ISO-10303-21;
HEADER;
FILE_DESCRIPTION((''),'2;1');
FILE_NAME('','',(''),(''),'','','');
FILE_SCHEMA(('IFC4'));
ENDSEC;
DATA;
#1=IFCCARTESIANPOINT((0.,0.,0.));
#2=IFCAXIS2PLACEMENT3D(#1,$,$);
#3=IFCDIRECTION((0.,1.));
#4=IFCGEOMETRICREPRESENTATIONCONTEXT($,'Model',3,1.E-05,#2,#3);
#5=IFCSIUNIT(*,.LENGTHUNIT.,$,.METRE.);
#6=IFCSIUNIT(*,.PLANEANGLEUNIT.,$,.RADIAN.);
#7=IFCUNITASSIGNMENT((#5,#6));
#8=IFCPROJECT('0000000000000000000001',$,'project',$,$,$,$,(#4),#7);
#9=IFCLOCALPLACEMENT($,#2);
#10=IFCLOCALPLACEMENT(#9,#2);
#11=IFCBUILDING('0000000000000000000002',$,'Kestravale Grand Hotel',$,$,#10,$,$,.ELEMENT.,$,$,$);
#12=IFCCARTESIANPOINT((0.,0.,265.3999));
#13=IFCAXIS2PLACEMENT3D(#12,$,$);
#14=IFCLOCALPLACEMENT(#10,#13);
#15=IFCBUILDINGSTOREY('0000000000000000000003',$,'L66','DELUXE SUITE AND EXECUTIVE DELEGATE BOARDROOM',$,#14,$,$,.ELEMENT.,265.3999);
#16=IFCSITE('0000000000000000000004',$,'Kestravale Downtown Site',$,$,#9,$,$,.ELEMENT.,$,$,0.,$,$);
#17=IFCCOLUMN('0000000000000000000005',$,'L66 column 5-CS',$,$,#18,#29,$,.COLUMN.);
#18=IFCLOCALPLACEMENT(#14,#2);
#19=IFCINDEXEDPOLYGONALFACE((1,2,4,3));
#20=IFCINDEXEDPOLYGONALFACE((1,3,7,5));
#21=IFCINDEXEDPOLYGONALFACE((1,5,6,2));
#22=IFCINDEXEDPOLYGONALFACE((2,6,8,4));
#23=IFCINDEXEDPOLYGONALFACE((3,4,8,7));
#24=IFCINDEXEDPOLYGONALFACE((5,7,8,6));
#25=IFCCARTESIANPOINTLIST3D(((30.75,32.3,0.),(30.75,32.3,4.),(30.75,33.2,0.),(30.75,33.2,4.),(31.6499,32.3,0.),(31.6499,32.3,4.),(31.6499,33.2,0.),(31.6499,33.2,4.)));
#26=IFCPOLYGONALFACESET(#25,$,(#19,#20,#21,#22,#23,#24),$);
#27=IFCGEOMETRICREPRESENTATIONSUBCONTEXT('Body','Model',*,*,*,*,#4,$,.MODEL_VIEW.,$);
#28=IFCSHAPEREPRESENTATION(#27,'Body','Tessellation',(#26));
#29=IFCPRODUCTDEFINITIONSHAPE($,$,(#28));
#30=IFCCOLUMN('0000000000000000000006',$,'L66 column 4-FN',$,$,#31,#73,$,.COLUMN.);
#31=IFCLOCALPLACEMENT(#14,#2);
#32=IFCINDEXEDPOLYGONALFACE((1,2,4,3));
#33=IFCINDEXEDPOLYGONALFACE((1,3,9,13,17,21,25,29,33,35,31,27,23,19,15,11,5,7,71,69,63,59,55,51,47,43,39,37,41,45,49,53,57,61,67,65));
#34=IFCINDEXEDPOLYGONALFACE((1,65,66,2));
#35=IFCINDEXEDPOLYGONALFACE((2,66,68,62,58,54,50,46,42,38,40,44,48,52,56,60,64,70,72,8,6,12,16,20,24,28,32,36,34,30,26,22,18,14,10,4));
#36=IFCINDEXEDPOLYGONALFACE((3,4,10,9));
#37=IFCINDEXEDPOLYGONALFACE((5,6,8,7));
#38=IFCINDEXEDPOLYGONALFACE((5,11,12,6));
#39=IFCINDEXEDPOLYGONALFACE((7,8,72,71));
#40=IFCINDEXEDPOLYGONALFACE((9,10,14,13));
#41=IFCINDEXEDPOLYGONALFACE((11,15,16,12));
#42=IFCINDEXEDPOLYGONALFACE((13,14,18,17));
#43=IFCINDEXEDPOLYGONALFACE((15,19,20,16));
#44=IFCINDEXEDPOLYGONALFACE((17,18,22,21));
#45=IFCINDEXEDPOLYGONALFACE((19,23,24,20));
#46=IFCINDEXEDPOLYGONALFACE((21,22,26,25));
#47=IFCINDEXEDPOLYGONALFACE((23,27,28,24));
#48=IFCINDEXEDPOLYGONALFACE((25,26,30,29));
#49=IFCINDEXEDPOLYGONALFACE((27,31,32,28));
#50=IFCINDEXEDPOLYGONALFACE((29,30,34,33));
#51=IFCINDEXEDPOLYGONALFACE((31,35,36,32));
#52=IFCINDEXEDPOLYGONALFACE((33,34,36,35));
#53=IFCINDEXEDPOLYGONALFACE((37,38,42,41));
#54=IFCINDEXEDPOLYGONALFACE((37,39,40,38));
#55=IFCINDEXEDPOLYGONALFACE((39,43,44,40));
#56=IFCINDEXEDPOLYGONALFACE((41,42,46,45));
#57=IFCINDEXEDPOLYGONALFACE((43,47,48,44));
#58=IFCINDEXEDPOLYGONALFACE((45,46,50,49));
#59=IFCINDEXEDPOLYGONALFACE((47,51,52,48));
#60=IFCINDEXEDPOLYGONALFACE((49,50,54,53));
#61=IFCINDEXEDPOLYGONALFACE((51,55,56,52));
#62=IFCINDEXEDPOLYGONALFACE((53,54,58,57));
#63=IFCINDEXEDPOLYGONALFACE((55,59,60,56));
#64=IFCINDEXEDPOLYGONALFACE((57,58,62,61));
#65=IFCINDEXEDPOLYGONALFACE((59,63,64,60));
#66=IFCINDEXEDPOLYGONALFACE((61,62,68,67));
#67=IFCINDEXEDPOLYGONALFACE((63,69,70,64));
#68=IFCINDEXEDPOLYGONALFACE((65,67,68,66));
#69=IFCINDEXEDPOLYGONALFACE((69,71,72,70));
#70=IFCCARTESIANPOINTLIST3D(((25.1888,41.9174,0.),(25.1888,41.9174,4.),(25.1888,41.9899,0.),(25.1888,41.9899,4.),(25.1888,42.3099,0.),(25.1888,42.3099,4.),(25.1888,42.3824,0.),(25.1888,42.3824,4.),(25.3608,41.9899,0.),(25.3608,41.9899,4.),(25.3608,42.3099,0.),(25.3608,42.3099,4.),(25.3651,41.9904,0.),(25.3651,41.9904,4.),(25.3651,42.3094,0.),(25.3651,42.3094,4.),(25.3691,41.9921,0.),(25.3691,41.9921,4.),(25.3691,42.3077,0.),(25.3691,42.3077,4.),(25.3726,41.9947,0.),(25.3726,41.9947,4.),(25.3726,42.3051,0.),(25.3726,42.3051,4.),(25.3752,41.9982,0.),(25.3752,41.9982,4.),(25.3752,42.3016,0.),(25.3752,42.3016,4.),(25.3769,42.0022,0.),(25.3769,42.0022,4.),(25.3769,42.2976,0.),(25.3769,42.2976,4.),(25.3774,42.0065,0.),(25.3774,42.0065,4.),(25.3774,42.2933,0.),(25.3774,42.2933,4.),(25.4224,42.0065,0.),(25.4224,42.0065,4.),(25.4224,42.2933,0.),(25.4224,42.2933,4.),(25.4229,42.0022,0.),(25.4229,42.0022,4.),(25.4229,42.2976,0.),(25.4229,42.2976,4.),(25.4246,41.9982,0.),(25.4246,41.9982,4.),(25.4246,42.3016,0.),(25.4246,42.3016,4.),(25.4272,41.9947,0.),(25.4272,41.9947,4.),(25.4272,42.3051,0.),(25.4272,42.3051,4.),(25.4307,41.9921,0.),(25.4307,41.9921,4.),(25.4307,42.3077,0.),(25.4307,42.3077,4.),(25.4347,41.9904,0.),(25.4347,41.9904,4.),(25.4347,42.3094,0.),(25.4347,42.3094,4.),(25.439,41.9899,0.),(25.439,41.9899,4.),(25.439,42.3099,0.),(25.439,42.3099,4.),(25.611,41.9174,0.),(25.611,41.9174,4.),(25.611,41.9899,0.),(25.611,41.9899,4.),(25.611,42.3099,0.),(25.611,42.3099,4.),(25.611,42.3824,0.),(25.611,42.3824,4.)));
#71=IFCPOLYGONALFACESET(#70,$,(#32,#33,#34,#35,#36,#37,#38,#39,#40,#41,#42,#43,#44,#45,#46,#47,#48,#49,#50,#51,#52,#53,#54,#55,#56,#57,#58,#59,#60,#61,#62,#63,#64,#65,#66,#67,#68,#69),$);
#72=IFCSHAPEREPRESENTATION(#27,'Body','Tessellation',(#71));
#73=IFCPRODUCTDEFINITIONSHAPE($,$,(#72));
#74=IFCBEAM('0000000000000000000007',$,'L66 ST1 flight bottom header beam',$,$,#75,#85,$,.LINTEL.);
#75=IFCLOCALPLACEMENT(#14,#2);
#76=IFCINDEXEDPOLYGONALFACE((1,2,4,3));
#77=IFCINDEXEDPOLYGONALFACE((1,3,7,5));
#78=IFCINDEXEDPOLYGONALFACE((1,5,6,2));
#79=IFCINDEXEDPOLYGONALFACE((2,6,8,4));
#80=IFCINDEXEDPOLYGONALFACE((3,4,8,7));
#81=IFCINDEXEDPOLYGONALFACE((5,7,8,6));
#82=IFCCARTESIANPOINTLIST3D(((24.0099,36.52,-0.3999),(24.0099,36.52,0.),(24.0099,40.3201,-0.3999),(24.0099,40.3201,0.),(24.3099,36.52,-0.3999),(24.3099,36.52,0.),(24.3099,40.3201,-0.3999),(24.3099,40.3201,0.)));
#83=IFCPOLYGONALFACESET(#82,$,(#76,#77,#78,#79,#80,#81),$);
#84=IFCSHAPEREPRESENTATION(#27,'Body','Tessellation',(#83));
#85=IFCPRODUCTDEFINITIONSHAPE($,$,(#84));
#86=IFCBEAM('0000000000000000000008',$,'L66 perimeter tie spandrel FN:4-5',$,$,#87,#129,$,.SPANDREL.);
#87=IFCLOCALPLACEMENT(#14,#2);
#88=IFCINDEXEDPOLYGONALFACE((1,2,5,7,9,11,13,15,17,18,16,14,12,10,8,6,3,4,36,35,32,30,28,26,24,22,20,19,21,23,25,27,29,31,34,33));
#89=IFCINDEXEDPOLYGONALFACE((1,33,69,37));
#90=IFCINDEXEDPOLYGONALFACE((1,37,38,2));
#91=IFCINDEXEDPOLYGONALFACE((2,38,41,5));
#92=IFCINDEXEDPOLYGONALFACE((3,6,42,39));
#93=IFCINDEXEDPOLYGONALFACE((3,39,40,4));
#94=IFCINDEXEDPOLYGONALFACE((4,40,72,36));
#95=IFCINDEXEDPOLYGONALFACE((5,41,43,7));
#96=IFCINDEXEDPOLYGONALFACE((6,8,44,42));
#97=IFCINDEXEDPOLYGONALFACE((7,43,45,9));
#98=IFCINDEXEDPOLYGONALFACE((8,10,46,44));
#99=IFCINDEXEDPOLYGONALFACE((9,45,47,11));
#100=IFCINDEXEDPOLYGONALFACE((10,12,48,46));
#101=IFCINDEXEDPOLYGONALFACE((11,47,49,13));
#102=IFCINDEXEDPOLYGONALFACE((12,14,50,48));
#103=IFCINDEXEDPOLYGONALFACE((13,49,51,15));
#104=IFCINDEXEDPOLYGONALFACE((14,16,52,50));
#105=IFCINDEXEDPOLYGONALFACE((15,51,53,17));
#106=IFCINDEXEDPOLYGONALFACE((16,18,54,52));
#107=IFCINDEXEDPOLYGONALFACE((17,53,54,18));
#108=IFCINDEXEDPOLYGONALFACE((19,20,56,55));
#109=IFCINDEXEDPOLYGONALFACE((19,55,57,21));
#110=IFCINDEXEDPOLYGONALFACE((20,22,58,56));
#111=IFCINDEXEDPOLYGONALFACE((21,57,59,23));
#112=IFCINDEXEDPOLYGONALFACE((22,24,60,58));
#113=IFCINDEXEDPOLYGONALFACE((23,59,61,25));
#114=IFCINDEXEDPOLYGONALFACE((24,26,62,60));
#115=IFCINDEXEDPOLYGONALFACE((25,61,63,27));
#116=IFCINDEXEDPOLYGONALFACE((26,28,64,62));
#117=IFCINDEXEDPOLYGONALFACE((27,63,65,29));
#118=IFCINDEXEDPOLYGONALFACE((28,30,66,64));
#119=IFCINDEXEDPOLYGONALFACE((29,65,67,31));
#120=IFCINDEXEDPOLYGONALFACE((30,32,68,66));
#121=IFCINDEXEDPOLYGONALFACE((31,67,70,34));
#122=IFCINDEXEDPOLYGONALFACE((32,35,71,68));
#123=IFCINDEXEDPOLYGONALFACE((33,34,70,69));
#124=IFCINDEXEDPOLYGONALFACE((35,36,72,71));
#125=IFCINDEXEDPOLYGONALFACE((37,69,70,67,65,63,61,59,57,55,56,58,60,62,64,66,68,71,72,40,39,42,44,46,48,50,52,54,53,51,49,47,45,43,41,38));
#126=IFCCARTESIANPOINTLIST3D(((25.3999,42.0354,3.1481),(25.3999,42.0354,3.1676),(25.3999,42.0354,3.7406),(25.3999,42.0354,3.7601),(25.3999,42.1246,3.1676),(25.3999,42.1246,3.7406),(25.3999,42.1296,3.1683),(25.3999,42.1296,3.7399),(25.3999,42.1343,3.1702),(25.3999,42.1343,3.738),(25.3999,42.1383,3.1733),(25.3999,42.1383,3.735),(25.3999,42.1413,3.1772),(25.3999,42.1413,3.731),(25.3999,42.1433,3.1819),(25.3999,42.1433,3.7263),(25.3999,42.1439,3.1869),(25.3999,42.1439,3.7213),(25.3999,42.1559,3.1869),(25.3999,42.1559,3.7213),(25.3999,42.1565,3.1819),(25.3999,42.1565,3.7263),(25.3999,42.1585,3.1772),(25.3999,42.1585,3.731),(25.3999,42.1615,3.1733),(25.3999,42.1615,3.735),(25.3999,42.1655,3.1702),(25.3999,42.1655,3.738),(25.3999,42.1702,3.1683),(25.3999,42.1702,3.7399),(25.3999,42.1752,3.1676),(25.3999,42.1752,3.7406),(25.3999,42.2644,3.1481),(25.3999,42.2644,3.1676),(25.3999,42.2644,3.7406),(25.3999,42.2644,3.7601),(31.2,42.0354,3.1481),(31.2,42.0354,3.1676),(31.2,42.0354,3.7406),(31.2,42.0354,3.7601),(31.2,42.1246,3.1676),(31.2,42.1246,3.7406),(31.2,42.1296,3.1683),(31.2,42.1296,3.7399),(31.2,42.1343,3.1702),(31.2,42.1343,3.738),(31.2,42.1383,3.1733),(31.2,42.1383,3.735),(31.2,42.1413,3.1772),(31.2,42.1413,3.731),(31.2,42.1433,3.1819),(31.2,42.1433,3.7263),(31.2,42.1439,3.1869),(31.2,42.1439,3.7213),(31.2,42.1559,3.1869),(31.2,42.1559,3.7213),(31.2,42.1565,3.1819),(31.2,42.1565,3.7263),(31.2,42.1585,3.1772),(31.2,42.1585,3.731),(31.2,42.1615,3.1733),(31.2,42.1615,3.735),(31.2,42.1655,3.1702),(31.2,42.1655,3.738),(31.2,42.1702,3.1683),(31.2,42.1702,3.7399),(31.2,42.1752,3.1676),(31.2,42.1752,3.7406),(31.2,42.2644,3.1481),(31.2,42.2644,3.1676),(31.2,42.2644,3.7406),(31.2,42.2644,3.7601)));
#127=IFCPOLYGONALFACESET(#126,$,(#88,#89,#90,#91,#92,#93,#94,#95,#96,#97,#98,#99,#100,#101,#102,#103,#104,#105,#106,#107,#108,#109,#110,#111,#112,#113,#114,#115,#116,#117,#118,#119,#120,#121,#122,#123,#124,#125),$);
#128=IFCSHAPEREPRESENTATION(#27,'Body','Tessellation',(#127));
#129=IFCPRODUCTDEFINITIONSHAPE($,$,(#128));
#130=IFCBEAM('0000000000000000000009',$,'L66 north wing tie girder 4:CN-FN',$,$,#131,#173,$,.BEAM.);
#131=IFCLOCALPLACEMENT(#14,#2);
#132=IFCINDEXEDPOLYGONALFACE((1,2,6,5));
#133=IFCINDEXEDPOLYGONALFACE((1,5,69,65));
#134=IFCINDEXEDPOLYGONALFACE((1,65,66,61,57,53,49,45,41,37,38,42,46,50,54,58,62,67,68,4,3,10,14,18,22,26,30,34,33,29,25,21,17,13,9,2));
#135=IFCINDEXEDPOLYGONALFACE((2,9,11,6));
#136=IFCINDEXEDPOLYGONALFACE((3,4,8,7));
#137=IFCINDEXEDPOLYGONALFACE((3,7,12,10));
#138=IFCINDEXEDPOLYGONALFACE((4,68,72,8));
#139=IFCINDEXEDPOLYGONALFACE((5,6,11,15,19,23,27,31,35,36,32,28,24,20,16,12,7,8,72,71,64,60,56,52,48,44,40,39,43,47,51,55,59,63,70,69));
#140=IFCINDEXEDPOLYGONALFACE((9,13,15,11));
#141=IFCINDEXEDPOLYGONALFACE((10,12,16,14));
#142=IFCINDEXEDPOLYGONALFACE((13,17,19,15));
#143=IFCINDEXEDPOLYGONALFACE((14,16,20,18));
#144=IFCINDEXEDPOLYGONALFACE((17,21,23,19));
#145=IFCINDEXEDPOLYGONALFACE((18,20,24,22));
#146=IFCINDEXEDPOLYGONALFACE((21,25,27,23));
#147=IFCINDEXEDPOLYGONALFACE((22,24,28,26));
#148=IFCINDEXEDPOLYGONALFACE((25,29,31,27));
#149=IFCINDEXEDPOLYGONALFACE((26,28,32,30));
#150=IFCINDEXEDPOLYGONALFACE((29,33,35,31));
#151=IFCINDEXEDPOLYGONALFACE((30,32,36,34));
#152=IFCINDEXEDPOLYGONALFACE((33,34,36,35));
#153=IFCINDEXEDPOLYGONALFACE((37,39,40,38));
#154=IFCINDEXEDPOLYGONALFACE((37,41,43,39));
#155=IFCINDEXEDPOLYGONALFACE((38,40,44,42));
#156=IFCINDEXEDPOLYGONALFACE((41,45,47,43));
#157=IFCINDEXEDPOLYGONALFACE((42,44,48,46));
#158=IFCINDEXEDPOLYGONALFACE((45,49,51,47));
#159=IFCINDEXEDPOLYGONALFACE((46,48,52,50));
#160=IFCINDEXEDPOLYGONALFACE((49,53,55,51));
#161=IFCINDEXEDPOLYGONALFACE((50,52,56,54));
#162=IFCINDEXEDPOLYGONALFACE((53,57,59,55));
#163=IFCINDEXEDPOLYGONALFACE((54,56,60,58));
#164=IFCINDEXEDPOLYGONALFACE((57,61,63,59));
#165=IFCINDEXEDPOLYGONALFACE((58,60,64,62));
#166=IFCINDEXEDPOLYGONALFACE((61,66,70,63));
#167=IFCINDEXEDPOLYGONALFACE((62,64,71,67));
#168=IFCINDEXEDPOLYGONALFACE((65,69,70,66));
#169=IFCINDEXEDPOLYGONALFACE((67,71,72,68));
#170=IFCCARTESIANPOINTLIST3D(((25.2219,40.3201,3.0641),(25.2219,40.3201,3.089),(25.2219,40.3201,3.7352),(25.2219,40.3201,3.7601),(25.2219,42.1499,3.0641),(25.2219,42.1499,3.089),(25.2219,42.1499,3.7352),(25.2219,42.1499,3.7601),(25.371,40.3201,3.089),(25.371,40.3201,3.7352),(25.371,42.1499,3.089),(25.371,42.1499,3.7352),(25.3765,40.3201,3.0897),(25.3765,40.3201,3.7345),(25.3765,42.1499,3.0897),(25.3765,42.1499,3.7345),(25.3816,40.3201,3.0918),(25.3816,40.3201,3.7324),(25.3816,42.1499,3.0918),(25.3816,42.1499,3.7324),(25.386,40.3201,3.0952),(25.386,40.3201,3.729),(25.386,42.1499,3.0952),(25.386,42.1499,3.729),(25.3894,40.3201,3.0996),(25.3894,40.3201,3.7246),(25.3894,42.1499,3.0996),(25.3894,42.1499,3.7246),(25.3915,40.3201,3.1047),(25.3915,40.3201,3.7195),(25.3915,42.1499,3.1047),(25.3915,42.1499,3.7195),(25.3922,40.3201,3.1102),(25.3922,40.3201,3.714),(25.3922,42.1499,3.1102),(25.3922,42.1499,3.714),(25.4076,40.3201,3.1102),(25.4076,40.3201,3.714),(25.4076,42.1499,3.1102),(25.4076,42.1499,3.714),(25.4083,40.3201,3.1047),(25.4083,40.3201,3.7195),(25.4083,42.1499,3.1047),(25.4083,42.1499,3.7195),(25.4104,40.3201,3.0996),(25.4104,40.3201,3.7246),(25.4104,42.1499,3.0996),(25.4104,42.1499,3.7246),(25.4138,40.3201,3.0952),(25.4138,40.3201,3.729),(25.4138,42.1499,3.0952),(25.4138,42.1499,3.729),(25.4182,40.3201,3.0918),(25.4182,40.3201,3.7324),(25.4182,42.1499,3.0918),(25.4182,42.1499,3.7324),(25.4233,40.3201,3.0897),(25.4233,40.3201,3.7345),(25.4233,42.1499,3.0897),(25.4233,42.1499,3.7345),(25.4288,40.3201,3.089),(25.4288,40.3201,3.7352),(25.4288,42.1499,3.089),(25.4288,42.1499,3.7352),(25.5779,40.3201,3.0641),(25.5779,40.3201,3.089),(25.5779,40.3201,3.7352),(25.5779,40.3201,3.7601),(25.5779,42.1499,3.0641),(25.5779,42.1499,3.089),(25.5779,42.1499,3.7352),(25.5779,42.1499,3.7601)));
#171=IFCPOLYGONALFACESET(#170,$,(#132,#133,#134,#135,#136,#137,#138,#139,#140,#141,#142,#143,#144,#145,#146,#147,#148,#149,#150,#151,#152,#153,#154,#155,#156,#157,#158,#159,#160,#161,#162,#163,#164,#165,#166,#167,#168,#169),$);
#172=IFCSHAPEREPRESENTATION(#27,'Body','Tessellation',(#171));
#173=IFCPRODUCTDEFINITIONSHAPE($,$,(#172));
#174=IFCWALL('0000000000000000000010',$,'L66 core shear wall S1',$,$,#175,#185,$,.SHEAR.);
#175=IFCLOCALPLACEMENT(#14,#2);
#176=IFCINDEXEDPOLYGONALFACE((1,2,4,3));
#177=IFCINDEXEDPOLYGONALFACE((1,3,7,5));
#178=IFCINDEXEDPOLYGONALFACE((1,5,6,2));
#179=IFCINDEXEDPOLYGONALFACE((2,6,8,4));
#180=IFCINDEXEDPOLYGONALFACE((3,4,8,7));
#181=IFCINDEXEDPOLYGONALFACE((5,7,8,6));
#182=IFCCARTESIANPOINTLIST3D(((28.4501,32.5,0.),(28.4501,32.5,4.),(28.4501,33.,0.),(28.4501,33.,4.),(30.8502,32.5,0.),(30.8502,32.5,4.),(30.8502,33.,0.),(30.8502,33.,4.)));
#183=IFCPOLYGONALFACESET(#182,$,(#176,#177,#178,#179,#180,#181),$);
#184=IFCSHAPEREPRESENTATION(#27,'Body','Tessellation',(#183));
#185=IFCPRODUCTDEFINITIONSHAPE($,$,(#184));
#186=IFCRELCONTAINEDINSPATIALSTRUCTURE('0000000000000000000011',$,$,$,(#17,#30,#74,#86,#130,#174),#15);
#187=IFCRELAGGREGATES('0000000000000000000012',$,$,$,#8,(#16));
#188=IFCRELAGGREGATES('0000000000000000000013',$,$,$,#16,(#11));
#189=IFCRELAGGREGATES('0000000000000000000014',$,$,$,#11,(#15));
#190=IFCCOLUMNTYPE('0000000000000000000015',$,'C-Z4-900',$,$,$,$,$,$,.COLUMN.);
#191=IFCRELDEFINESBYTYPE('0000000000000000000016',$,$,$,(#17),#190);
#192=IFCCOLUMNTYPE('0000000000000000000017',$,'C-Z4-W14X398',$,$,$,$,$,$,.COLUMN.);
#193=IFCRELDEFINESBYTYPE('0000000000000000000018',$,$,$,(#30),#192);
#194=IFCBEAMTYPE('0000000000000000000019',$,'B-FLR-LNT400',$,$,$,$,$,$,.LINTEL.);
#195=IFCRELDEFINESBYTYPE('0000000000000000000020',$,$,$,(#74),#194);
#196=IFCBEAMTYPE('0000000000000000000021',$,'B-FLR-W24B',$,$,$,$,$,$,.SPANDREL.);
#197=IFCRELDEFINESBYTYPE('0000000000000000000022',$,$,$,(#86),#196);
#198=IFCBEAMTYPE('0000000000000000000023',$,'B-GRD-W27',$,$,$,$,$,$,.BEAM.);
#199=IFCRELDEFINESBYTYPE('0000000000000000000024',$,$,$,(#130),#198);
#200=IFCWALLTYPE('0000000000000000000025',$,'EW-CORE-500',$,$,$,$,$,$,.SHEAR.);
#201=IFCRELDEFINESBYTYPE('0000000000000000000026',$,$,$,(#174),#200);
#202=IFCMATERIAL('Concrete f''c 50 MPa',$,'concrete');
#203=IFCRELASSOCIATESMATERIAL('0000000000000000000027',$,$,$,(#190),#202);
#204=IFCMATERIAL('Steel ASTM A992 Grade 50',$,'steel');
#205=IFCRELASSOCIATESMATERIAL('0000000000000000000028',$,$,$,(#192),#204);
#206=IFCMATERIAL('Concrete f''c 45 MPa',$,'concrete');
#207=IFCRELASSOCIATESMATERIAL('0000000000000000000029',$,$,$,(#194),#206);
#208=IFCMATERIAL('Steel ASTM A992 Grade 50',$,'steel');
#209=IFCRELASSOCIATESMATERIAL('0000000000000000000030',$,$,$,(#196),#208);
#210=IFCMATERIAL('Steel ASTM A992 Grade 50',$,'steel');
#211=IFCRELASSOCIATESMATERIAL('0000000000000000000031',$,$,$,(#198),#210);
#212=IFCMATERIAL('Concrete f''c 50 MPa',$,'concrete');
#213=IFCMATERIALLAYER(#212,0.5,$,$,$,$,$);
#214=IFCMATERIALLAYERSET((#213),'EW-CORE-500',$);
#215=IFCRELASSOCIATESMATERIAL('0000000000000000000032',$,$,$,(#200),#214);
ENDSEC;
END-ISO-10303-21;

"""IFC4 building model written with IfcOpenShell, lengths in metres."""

from ifc_helpers import new_model, si_unit, direction, frame, frame_2d, origin, origin_2d, place, context, subcontext, project, spatial, rectangle, i_section, extrude, material, layer, layer_set, material_profile, profile_set, type_object, element, save


model = new_model("IFC4")

# Units and contexts
model_context = context("Model", 3, precision=1e-05, world=origin(), true_north=direction((0.0, 1.0)))
body_context = subcontext(model_context, "Body", "Model", "MODEL_VIEW")
ifc_project = project(units=[si_unit("LENGTHUNIT", "METRE"), si_unit("PLANEANGLEUNIT", "RADIAN")], contexts=[model_context])

# Site, building, storey
site_placement = place(None, origin())
site = spatial("IfcSite", under=ifc_project, at=site_placement, Name="Kestravale Downtown Site", CompositionType="ELEMENT", RefElevation=0.0)
building_placement = place(site_placement, origin())
building = spatial("IfcBuilding", under=site, at=building_placement, Name="Kestravale Grand Hotel", CompositionType="ELEMENT")
storey_placement = place(building_placement, frame((0.0, 0.0, 265.3999)))
storey = spatial("IfcBuildingStorey", under=building, at=storey_placement, Name="L66", Description="DELUXE SUITE AND EXECUTIVE DELEGATE BOARDROOM", CompositionType="ELEMENT", Elevation=265.3999)

# Columns
ifc_material_1 = material(Name="Concrete f'c 50 MPa", Category="concrete")
ifc_material_profile_1 = material_profile(ifc_material_1, rectangle(XDim=0.8999, YDim=0.8999, at=origin_2d()))
ifc_profile_set_1 = profile_set([ifc_material_profile_1], Name="Concrete f'c 50 MPa")
column_type_1 = type_object("IfcColumnType", Name="C-Z4-900", PredefinedType="COLUMN", material=ifc_profile_set_1)
column_1_placement = place(storey_placement, frame((31.2, 32.75, 0.0), z_axis=(0.0, 0.0, 1.0), x_axis=(1.0, 0.0, 0.0)))
element("IfcColumn", 1, at=column_1_placement, inside=storey, type_object=column_type_1, Name="L66 column 5-CS", PredefinedType="COLUMN", context=body_context, shape_type="SweptSolid", body=[
    extrude(rectangle(XDim=0.8999, YDim=0.8999, at=origin_2d()), origin(), (0.0, 0.0, 1.0), 4.0),
])
ifc_material_2 = material(Name="Steel ASTM A992 Grade 50", Category="steel")
ifc_material_profile_2 = material_profile(ifc_material_2, i_section(OverallWidth=0.4221, OverallDepth=0.4651, WebThickness=0.0449, FlangeThickness=0.0725, FilletRadius=0.0166, at=origin_2d()))
ifc_profile_set_2 = profile_set([ifc_material_profile_2], Name="Steel ASTM A992 Grade 50")
column_type_2 = type_object("IfcColumnType", Name="C-Z4-W14X398", PredefinedType="COLUMN", material=ifc_profile_set_2)
column_2_placement = place(storey_placement, frame((25.3999, 42.1499, 0.0), z_axis=(0.0, 0.0, 1.0), x_axis=(1.0, 0.0, 0.0)))
element("IfcColumn", 2, at=column_2_placement, inside=storey, type_object=column_type_2, Name="L66 column 4-FN", PredefinedType="COLUMN", context=body_context, shape_type="SweptSolid", body=[
    extrude(i_section(OverallWidth=0.4221, OverallDepth=0.4651, WebThickness=0.0449, FlangeThickness=0.0725, FilletRadius=0.0166, at=origin_2d()), origin(), (0.0, 0.0, 1.0), 4.0),
])

# Beams
ifc_material_3 = material(Name="Concrete f'c 45 MPa", Category="concrete")
ifc_material_profile_3 = material_profile(ifc_material_3, rectangle(XDim=0.3, YDim=0.3999, at=origin_2d()))
ifc_profile_set_3 = profile_set([ifc_material_profile_3], Name="Concrete f'c 45 MPa")
beam_type_1 = type_object("IfcBeamType", Name="B-FLR-LNT400", PredefinedType="LINTEL", material=ifc_profile_set_3)
beam_1_placement = place(storey_placement, frame((24.1599, 36.52, -0.2), z_axis=(0.0, 1.0, 0.0), x_axis=(-1.0, 0.0, 0.0)))
element("IfcBeam", 3, at=beam_1_placement, inside=storey, type_object=beam_type_1, Name="L66 ST1 flight bottom header beam", PredefinedType="LINTEL", context=body_context, shape_type="SweptSolid", body=[
    extrude(rectangle(XDim=0.3, YDim=0.3999, at=origin_2d()), origin(), (0.0, 0.0, 1.0), 3.8),
])
ifc_material_4 = material(Name="Steel ASTM A992 Grade 50", Category="steel")
ifc_material_profile_4 = material_profile(ifc_material_4, i_section(OverallWidth=0.229, OverallDepth=0.6121, WebThickness=0.012, FlangeThickness=0.0195, FilletRadius=0.0193, at=origin_2d()))
ifc_profile_set_4 = profile_set([ifc_material_profile_4], Name="Steel ASTM A992 Grade 50")
beam_type_2 = type_object("IfcBeamType", Name="B-FLR-W24B", PredefinedType="SPANDREL", material=ifc_profile_set_4)
beam_2_placement = place(storey_placement, frame((25.3999, 42.1499, 3.4541), z_axis=(1.0, 0.0, 0.0), x_axis=(0.0, 1.0, 0.0)))
element("IfcBeam", 4, at=beam_2_placement, inside=storey, type_object=beam_type_2, Name="L66 perimeter tie spandrel FN:4-5", PredefinedType="SPANDREL", context=body_context, shape_type="SweptSolid", body=[
    extrude(i_section(OverallWidth=0.229, OverallDepth=0.6121, WebThickness=0.012, FlangeThickness=0.0195, FilletRadius=0.0193, at=origin_2d()), origin(), (0.0, 0.0, 1.0), 5.8),
])
ifc_material_5 = material(Name="Steel ASTM A992 Grade 50", Category="steel")
ifc_material_profile_5 = material_profile(ifc_material_5, i_section(OverallWidth=0.356, OverallDepth=0.696, WebThickness=0.0154, FlangeThickness=0.0249, FilletRadius=0.0212, at=origin_2d()))
ifc_profile_set_5 = profile_set([ifc_material_profile_5], Name="Steel ASTM A992 Grade 50")
beam_type_3 = type_object("IfcBeamType", Name="B-GRD-W27", PredefinedType="BEAM", material=ifc_profile_set_5)
beam_3_placement = place(storey_placement, frame((25.3999, 40.3201, 3.4121), z_axis=(0.0, 1.0, 0.0), x_axis=(-1.0, 0.0, 0.0)))
element("IfcBeam", 5, at=beam_3_placement, inside=storey, type_object=beam_type_3, Name="L66 north wing tie girder 4:CN-FN", PredefinedType="BEAM", context=body_context, shape_type="SweptSolid", body=[
    extrude(i_section(OverallWidth=0.356, OverallDepth=0.696, WebThickness=0.0154, FlangeThickness=0.0249, FilletRadius=0.0212, at=origin_2d()), origin(), (0.0, 0.0, 1.0), 1.8298),
])

# Wall
ifc_material_6 = material(Name="Concrete f'c 50 MPa", Category="concrete")
ifc_layer_1 = layer(ifc_material_6, 0.5)
ifc_layer_set_1 = layer_set([ifc_layer_1], Name="EW-CORE-500")
wall_type_1 = type_object("IfcWallType", Name="EW-CORE-500", PredefinedType="SHEAR", material=ifc_layer_set_1)
wall_1_placement = place(storey_placement, frame((28.45, 32.75, 0.0), z_axis=(0.0, 0.0, 1.0), x_axis=(1.0, 0.0, 0.0)))
element("IfcWall", 6, at=wall_1_placement, inside=storey, type_object=wall_type_1, Name="L66 core shear wall S1", PredefinedType="SHEAR", context=body_context, shape_type="SweptSolid", body=[
    extrude(rectangle(XDim=2.4001, YDim=0.5, at=frame_2d((1.2002, 0.0))), origin(), (0.0, 0.0, 1.0), 4.0),
])

save(model, "model.ifc")
